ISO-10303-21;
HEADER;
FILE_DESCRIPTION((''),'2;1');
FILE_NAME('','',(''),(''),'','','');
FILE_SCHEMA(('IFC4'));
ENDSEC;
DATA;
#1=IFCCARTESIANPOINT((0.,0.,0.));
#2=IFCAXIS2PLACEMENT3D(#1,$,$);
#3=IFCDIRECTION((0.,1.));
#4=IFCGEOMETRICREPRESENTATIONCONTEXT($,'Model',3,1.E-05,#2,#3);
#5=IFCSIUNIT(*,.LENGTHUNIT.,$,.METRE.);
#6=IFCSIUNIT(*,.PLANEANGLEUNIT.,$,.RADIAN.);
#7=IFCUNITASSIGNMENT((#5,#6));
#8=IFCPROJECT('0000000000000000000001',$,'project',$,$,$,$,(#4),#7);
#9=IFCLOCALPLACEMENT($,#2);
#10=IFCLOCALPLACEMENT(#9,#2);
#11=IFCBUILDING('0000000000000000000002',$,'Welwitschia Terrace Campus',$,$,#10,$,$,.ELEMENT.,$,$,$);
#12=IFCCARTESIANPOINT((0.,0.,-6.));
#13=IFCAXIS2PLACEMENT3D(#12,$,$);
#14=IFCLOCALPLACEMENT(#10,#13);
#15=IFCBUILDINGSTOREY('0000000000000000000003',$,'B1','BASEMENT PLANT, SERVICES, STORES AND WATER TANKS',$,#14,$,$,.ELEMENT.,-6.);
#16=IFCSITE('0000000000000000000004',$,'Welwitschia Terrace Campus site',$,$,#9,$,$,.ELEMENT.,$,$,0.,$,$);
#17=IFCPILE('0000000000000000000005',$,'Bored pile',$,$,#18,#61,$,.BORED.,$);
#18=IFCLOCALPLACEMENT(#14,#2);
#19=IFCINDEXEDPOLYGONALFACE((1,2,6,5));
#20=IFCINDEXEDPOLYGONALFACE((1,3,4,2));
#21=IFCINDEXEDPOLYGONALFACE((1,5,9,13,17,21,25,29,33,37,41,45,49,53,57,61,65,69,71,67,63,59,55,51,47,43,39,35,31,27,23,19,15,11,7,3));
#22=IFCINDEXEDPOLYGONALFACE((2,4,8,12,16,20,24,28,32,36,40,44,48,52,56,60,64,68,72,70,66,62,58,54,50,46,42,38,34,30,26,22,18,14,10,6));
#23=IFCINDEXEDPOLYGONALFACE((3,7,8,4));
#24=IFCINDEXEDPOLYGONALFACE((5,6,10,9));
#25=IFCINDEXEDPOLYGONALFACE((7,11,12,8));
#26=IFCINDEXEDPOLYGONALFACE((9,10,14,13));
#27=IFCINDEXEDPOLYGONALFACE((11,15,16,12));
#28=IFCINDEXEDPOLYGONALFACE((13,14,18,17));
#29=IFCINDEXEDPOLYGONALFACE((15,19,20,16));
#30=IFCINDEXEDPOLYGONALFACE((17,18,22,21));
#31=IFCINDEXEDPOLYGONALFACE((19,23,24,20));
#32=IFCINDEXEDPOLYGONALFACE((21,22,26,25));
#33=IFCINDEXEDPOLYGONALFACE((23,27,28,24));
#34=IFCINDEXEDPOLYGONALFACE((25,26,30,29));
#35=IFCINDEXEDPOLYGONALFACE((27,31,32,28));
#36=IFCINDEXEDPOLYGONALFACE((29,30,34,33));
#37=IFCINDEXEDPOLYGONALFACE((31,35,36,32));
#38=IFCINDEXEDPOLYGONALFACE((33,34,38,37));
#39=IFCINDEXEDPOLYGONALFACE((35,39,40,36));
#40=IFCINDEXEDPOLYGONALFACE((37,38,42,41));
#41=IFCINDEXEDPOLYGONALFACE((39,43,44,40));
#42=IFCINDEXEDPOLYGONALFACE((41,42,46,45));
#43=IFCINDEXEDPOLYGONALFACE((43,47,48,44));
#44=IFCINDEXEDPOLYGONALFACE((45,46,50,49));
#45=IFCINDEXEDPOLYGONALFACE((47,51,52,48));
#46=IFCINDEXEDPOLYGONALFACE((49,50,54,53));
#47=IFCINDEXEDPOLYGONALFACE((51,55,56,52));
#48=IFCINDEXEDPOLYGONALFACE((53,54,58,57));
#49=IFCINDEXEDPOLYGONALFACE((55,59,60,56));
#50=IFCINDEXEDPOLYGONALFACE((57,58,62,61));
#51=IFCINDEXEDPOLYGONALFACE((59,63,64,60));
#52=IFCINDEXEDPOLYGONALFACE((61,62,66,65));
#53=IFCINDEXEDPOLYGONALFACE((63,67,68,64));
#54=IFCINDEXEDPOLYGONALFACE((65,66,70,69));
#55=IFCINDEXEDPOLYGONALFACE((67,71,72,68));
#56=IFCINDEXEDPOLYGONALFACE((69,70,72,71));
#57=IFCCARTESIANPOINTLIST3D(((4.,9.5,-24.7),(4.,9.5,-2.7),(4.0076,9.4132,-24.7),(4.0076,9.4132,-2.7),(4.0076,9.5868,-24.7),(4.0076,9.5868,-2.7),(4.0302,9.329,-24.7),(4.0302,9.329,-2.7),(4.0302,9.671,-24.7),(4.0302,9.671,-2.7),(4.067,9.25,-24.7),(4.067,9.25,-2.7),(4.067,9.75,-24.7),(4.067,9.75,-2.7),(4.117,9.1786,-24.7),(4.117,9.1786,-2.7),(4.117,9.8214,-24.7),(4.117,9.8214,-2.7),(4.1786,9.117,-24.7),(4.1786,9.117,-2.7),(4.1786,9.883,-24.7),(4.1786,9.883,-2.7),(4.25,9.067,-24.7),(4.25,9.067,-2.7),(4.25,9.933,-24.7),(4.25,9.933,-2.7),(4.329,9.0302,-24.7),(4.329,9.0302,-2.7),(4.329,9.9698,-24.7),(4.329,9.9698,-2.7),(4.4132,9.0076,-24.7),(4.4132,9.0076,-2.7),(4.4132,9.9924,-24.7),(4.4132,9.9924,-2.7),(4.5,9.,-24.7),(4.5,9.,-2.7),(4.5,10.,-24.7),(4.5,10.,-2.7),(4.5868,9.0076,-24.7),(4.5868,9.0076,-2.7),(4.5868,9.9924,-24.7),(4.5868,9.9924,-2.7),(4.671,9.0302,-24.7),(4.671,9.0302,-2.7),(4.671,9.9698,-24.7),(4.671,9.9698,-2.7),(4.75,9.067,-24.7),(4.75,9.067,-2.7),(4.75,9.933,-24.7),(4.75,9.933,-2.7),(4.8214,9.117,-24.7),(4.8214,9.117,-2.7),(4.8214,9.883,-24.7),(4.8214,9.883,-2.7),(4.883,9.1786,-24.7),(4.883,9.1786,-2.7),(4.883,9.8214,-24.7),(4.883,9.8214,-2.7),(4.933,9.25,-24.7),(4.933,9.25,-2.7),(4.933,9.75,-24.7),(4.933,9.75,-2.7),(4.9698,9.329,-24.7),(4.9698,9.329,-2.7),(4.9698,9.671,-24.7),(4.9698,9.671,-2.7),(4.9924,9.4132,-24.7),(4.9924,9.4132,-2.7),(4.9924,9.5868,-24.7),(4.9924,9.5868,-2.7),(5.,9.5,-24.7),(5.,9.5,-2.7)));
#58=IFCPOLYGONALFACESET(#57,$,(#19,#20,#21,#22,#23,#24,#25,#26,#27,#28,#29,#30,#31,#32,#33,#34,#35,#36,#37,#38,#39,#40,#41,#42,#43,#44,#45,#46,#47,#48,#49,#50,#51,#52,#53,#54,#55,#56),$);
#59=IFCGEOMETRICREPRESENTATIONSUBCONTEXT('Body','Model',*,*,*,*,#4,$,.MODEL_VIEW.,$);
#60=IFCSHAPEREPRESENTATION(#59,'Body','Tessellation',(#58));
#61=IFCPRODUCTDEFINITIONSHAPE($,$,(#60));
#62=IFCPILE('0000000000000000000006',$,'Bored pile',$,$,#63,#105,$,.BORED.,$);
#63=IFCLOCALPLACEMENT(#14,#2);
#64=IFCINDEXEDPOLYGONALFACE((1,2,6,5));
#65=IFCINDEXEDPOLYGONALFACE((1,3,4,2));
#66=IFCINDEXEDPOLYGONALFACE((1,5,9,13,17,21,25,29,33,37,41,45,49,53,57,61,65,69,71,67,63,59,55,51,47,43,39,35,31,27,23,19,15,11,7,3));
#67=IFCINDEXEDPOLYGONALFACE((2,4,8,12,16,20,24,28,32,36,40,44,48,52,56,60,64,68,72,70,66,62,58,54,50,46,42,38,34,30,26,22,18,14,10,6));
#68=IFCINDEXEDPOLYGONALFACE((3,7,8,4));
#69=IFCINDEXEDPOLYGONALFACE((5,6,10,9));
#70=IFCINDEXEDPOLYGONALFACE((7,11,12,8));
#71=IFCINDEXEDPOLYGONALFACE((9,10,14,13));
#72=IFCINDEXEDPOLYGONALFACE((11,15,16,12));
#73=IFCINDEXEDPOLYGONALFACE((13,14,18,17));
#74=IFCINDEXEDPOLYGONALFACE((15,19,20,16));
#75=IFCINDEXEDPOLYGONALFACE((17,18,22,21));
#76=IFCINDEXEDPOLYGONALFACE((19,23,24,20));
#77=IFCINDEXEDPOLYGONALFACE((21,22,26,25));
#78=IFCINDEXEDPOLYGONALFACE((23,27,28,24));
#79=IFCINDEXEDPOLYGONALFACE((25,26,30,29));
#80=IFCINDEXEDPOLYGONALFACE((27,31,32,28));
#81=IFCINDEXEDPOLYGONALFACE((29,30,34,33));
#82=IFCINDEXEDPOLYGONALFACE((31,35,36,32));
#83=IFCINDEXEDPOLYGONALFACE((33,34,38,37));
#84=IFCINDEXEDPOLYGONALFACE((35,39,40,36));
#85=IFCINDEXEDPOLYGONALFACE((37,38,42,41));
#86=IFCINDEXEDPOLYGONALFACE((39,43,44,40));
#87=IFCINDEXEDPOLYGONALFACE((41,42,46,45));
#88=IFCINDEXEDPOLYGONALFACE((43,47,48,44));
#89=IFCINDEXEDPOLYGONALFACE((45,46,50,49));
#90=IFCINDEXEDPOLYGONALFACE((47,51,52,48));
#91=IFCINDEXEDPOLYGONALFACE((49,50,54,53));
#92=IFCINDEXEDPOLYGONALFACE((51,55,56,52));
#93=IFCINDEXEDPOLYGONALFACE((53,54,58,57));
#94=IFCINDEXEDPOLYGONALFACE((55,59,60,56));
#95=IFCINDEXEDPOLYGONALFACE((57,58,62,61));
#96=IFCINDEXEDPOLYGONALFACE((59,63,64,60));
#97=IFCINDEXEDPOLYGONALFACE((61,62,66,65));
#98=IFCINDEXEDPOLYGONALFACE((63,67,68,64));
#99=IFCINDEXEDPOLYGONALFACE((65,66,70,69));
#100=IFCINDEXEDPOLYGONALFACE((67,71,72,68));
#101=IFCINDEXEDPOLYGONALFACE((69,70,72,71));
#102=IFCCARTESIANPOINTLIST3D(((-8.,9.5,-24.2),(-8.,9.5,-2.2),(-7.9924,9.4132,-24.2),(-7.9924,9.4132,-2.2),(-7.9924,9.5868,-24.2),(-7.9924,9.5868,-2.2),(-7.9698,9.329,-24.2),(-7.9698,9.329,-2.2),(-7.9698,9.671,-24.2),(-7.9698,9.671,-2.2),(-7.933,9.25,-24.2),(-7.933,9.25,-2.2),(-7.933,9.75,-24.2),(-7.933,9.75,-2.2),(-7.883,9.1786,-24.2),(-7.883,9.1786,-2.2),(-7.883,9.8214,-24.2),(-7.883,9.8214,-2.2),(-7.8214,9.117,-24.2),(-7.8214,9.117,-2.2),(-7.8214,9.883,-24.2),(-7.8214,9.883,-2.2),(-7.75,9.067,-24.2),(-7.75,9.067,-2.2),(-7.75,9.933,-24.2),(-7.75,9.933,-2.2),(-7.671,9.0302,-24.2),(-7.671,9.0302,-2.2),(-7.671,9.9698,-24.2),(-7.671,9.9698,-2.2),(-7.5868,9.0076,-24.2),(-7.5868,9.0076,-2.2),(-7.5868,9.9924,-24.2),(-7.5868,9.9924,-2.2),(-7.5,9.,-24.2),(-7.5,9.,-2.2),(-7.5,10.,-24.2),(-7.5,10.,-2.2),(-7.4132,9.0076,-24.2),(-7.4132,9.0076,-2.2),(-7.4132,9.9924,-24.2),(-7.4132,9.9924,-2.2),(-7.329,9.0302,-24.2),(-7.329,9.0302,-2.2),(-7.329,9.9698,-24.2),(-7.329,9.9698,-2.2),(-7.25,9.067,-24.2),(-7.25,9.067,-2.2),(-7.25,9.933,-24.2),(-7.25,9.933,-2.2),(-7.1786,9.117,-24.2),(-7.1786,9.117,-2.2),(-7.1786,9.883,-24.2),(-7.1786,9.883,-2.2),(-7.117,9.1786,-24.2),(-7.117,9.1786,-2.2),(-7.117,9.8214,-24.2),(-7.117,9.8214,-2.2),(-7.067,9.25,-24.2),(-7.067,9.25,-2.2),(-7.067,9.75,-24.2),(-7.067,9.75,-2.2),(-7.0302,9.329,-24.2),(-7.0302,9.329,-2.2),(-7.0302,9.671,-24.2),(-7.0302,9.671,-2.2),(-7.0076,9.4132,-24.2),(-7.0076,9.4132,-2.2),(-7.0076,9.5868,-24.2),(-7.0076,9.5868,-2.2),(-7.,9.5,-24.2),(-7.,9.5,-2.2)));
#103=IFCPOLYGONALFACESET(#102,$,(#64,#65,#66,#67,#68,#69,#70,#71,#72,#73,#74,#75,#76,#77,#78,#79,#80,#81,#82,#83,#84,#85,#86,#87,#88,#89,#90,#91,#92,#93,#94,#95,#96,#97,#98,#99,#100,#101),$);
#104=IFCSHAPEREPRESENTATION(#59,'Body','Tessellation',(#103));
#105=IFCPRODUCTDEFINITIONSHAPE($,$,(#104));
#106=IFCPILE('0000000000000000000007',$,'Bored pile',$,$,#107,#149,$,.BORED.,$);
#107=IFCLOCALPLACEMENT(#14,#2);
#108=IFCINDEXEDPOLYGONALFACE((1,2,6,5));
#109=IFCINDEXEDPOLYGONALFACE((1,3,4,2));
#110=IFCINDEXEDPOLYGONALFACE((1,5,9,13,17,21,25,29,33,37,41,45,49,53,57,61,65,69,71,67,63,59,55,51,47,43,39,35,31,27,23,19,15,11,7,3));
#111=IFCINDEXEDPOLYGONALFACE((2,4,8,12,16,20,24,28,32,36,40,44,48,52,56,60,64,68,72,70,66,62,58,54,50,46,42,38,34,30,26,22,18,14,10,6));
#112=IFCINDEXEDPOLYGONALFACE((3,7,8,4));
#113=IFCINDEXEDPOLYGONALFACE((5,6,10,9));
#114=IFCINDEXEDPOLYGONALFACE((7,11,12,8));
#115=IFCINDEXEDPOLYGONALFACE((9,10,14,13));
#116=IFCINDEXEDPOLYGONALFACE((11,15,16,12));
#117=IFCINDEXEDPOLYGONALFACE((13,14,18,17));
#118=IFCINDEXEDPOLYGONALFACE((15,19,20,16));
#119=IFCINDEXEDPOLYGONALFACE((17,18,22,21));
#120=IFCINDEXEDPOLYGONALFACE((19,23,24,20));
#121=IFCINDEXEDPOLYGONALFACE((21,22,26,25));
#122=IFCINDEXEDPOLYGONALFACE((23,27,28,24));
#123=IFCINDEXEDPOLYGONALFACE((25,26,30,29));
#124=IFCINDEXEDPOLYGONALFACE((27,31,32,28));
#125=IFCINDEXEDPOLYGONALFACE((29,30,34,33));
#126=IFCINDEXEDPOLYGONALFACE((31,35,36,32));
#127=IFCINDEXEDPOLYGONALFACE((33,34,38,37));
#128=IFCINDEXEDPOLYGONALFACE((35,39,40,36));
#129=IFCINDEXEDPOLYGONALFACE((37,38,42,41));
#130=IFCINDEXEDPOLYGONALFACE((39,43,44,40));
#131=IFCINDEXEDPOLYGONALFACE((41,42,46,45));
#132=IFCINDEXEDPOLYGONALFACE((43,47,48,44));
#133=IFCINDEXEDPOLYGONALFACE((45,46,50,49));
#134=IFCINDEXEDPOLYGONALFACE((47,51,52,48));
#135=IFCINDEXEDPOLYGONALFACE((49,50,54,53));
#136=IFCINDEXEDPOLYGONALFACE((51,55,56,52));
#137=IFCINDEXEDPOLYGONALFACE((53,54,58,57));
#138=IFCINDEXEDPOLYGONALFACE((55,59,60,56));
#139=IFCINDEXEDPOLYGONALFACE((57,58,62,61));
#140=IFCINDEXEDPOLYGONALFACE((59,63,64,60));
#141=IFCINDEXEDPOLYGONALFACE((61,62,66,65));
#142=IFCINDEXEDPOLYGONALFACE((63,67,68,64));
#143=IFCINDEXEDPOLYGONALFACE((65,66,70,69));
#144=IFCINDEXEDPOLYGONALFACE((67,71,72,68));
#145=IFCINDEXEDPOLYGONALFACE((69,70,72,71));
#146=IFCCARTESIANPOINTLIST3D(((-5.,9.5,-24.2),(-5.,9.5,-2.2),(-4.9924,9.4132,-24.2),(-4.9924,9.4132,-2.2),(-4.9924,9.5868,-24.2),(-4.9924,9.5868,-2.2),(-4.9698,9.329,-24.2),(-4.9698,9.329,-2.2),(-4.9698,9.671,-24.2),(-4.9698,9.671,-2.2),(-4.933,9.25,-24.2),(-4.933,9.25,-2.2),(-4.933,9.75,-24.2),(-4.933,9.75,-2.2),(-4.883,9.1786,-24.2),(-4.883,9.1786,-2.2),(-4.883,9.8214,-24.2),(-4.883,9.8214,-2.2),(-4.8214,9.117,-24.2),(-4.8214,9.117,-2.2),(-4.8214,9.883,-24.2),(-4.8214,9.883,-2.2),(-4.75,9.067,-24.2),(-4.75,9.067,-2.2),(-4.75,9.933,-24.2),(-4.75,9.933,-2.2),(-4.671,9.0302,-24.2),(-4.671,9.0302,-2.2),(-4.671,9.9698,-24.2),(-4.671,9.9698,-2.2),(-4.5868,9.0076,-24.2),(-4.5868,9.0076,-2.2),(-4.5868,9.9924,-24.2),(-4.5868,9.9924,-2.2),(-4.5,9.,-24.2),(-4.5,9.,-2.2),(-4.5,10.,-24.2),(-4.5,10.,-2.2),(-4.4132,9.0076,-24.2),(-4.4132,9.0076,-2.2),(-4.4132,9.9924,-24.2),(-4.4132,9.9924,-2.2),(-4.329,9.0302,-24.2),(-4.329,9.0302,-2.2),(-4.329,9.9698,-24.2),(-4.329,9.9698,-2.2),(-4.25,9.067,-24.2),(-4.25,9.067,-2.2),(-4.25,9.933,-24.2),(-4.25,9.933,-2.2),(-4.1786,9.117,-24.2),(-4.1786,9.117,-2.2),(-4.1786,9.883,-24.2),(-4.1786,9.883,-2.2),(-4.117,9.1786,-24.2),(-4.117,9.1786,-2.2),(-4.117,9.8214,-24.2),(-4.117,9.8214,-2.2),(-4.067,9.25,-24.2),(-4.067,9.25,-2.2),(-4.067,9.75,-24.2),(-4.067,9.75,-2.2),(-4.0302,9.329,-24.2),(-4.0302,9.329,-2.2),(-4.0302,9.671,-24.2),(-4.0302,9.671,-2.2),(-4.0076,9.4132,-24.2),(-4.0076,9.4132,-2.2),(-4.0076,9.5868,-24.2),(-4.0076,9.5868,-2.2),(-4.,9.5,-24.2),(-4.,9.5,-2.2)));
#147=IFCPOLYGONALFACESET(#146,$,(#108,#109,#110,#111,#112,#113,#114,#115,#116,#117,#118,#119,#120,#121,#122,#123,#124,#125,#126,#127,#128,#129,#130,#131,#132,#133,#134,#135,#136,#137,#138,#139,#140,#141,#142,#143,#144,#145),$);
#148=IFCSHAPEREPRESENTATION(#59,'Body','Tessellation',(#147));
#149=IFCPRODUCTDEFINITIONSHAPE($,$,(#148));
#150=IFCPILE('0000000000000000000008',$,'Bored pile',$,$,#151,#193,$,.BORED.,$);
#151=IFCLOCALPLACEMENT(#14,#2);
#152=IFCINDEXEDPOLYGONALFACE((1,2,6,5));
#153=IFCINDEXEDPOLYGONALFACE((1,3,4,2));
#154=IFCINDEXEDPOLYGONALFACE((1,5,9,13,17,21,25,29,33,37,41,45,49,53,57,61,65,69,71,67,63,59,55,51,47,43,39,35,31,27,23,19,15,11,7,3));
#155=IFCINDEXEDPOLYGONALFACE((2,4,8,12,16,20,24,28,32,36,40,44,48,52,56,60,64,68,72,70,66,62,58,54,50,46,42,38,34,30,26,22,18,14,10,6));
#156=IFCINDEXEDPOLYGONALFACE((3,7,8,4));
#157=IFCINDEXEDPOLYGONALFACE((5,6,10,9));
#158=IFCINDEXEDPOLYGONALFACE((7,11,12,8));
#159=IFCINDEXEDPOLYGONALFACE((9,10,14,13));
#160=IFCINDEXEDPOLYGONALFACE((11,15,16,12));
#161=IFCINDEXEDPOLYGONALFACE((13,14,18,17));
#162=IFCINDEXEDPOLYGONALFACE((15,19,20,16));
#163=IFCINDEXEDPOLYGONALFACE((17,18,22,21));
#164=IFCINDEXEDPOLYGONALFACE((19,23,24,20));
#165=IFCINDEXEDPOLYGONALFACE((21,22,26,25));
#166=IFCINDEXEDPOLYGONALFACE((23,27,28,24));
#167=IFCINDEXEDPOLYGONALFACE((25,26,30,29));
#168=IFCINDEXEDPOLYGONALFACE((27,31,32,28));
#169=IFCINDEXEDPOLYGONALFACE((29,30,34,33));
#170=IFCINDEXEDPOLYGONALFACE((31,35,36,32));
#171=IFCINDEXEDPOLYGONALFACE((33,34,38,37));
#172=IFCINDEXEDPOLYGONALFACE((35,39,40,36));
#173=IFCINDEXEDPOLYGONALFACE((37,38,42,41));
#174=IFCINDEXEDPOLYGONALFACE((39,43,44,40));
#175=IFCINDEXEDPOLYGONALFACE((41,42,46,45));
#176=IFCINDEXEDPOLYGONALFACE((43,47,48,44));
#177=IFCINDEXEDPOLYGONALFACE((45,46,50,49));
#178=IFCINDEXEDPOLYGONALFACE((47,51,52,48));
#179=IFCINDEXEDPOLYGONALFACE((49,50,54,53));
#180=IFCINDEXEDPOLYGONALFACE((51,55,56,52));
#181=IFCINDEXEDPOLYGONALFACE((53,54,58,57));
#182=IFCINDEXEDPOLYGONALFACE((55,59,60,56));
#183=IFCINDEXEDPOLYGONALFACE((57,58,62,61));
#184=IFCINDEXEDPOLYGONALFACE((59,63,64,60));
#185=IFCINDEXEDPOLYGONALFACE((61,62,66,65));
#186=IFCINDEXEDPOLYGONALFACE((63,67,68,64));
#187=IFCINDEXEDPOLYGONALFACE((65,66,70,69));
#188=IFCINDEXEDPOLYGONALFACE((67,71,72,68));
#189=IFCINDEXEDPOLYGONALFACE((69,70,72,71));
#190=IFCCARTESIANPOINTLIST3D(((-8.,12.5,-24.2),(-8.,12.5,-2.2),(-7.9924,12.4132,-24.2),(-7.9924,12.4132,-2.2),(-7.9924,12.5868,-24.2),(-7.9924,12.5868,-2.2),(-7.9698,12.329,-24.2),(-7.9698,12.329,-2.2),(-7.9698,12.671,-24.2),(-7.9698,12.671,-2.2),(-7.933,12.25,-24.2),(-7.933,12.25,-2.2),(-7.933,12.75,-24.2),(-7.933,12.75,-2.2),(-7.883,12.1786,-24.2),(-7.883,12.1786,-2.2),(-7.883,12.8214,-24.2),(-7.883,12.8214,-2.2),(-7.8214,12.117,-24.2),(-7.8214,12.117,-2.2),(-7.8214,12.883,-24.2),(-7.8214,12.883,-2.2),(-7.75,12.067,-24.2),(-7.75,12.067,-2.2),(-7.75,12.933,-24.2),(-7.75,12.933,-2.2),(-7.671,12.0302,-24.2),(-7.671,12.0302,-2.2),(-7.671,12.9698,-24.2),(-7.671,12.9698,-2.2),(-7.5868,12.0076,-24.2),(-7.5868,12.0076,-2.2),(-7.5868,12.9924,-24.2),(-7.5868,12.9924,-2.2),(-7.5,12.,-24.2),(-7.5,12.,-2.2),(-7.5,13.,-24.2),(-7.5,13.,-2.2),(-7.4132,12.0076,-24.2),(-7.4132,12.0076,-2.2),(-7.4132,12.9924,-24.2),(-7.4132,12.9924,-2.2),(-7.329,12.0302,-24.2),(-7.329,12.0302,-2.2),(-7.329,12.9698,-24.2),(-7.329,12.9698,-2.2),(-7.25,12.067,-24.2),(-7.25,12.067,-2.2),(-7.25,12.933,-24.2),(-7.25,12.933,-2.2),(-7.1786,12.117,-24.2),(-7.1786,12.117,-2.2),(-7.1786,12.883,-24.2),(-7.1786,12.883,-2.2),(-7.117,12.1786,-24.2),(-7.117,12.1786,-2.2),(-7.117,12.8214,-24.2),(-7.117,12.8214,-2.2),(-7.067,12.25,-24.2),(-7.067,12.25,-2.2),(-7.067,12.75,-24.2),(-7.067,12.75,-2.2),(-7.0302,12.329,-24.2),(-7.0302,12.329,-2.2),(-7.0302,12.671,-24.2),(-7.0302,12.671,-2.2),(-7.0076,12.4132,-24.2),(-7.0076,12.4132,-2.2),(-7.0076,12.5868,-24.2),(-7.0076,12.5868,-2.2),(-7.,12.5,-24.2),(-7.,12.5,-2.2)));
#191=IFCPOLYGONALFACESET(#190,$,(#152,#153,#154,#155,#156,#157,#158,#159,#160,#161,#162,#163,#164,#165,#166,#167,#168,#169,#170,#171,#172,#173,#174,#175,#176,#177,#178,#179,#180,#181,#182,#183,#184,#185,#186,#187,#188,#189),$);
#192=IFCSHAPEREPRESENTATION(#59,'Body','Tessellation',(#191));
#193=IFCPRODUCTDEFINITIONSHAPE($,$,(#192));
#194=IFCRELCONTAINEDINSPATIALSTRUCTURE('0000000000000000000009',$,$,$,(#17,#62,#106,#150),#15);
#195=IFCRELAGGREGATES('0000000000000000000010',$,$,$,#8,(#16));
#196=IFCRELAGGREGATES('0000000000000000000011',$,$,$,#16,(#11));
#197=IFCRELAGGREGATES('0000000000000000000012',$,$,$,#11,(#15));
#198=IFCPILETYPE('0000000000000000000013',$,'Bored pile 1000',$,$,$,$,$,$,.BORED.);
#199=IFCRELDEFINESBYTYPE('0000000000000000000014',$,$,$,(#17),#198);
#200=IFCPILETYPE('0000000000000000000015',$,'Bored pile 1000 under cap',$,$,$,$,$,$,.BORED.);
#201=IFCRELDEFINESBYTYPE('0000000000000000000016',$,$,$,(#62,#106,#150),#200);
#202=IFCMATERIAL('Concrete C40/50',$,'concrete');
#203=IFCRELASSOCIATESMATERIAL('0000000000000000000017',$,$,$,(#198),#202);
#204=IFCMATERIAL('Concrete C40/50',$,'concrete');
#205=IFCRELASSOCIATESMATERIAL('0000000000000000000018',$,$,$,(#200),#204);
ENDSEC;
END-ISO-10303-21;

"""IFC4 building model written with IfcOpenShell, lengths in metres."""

from ifc_helpers import new_model, si_unit, direction, frame, origin, origin_2d, place, context, subcontext, project, spatial, circle, extrude, material, type_object, element, save


model = new_model("IFC4")

# Units and contexts
model_context = context("Model", 3, precision=1e-05, world=origin(), true_north=direction((0.0, 1.0)))
body_context = subcontext(model_context, "Body", "Model", "MODEL_VIEW")
ifc_project = project(units=[si_unit("LENGTHUNIT", "METRE"), si_unit("PLANEANGLEUNIT", "RADIAN")], contexts=[model_context])

# Site, building, storey
site_placement = place(None, origin())
site = spatial("IfcSite", under=ifc_project, at=site_placement, Name="Welwitschia Terrace Campus site", CompositionType="ELEMENT", RefElevation=0.0)
building_placement = place(site_placement, origin())
building = spatial("IfcBuilding", under=site, at=building_placement, Name="Welwitschia Terrace Campus", CompositionType="ELEMENT")
storey_placement = place(building_placement, frame((0.0, 0.0, -6.0)))
storey = spatial("IfcBuildingStorey", under=building, at=storey_placement, Name="B1", Description="BASEMENT PLANT, SERVICES, STORES AND WATER TANKS", CompositionType="ELEMENT", Elevation=-6.0)

# Piles
ifc_material_1 = material(Name="Concrete C40/50", Category="concrete")
pile_type_1 = type_object("IfcPileType", Name="Bored pile 1000", PredefinedType="BORED", material=ifc_material_1)
for number, where, z_axis, x_axis, name in (
    (1, (4.5, 9.5, -2.7), (0.0, 0.0, -1.0), (1.0, 0.0, 0.0), "Bored pile"),
):
    element("IfcPile", number, at=place(storey_placement, frame(where, z_axis=z_axis, x_axis=x_axis)), inside=storey, type_object=pile_type_1, Name=name, PredefinedType="BORED", context=body_context, shape_type="SweptSolid", body=[
        extrude(circle(Radius=0.5, at=origin_2d()), origin(), (0.0, 0.0, 1.0), 22.0),
    ])
ifc_material_2 = material(Name="Concrete C40/50", Category="concrete")
pile_type_2 = type_object("IfcPileType", Name="Bored pile 1000 under cap", PredefinedType="BORED", material=ifc_material_2)
for number, where, z_axis, x_axis, name in (
    (2, (-7.5, 9.5, -2.2), (0.0, 0.0, -1.0), (1.0, 0.0, 0.0), "Bored pile"),
    (3, (-4.5, 9.5, -2.2), (0.0, 0.0, -1.0), (1.0, 0.0, 0.0), "Bored pile"),
    (4, (-7.5, 12.5, -2.2), (0.0, 0.0, -1.0), (1.0, 0.0, 0.0), "Bored pile"),
):
    element("IfcPile", number, at=place(storey_placement, frame(where, z_axis=z_axis, x_axis=x_axis)), inside=storey, type_object=pile_type_2, Name=name, PredefinedType="BORED", context=body_context, shape_type="SweptSolid", body=[
        extrude(circle(Radius=0.5, at=origin_2d()), origin(), (0.0, 0.0, 1.0), 22.0),
    ])

save(model, "model.ifc")
